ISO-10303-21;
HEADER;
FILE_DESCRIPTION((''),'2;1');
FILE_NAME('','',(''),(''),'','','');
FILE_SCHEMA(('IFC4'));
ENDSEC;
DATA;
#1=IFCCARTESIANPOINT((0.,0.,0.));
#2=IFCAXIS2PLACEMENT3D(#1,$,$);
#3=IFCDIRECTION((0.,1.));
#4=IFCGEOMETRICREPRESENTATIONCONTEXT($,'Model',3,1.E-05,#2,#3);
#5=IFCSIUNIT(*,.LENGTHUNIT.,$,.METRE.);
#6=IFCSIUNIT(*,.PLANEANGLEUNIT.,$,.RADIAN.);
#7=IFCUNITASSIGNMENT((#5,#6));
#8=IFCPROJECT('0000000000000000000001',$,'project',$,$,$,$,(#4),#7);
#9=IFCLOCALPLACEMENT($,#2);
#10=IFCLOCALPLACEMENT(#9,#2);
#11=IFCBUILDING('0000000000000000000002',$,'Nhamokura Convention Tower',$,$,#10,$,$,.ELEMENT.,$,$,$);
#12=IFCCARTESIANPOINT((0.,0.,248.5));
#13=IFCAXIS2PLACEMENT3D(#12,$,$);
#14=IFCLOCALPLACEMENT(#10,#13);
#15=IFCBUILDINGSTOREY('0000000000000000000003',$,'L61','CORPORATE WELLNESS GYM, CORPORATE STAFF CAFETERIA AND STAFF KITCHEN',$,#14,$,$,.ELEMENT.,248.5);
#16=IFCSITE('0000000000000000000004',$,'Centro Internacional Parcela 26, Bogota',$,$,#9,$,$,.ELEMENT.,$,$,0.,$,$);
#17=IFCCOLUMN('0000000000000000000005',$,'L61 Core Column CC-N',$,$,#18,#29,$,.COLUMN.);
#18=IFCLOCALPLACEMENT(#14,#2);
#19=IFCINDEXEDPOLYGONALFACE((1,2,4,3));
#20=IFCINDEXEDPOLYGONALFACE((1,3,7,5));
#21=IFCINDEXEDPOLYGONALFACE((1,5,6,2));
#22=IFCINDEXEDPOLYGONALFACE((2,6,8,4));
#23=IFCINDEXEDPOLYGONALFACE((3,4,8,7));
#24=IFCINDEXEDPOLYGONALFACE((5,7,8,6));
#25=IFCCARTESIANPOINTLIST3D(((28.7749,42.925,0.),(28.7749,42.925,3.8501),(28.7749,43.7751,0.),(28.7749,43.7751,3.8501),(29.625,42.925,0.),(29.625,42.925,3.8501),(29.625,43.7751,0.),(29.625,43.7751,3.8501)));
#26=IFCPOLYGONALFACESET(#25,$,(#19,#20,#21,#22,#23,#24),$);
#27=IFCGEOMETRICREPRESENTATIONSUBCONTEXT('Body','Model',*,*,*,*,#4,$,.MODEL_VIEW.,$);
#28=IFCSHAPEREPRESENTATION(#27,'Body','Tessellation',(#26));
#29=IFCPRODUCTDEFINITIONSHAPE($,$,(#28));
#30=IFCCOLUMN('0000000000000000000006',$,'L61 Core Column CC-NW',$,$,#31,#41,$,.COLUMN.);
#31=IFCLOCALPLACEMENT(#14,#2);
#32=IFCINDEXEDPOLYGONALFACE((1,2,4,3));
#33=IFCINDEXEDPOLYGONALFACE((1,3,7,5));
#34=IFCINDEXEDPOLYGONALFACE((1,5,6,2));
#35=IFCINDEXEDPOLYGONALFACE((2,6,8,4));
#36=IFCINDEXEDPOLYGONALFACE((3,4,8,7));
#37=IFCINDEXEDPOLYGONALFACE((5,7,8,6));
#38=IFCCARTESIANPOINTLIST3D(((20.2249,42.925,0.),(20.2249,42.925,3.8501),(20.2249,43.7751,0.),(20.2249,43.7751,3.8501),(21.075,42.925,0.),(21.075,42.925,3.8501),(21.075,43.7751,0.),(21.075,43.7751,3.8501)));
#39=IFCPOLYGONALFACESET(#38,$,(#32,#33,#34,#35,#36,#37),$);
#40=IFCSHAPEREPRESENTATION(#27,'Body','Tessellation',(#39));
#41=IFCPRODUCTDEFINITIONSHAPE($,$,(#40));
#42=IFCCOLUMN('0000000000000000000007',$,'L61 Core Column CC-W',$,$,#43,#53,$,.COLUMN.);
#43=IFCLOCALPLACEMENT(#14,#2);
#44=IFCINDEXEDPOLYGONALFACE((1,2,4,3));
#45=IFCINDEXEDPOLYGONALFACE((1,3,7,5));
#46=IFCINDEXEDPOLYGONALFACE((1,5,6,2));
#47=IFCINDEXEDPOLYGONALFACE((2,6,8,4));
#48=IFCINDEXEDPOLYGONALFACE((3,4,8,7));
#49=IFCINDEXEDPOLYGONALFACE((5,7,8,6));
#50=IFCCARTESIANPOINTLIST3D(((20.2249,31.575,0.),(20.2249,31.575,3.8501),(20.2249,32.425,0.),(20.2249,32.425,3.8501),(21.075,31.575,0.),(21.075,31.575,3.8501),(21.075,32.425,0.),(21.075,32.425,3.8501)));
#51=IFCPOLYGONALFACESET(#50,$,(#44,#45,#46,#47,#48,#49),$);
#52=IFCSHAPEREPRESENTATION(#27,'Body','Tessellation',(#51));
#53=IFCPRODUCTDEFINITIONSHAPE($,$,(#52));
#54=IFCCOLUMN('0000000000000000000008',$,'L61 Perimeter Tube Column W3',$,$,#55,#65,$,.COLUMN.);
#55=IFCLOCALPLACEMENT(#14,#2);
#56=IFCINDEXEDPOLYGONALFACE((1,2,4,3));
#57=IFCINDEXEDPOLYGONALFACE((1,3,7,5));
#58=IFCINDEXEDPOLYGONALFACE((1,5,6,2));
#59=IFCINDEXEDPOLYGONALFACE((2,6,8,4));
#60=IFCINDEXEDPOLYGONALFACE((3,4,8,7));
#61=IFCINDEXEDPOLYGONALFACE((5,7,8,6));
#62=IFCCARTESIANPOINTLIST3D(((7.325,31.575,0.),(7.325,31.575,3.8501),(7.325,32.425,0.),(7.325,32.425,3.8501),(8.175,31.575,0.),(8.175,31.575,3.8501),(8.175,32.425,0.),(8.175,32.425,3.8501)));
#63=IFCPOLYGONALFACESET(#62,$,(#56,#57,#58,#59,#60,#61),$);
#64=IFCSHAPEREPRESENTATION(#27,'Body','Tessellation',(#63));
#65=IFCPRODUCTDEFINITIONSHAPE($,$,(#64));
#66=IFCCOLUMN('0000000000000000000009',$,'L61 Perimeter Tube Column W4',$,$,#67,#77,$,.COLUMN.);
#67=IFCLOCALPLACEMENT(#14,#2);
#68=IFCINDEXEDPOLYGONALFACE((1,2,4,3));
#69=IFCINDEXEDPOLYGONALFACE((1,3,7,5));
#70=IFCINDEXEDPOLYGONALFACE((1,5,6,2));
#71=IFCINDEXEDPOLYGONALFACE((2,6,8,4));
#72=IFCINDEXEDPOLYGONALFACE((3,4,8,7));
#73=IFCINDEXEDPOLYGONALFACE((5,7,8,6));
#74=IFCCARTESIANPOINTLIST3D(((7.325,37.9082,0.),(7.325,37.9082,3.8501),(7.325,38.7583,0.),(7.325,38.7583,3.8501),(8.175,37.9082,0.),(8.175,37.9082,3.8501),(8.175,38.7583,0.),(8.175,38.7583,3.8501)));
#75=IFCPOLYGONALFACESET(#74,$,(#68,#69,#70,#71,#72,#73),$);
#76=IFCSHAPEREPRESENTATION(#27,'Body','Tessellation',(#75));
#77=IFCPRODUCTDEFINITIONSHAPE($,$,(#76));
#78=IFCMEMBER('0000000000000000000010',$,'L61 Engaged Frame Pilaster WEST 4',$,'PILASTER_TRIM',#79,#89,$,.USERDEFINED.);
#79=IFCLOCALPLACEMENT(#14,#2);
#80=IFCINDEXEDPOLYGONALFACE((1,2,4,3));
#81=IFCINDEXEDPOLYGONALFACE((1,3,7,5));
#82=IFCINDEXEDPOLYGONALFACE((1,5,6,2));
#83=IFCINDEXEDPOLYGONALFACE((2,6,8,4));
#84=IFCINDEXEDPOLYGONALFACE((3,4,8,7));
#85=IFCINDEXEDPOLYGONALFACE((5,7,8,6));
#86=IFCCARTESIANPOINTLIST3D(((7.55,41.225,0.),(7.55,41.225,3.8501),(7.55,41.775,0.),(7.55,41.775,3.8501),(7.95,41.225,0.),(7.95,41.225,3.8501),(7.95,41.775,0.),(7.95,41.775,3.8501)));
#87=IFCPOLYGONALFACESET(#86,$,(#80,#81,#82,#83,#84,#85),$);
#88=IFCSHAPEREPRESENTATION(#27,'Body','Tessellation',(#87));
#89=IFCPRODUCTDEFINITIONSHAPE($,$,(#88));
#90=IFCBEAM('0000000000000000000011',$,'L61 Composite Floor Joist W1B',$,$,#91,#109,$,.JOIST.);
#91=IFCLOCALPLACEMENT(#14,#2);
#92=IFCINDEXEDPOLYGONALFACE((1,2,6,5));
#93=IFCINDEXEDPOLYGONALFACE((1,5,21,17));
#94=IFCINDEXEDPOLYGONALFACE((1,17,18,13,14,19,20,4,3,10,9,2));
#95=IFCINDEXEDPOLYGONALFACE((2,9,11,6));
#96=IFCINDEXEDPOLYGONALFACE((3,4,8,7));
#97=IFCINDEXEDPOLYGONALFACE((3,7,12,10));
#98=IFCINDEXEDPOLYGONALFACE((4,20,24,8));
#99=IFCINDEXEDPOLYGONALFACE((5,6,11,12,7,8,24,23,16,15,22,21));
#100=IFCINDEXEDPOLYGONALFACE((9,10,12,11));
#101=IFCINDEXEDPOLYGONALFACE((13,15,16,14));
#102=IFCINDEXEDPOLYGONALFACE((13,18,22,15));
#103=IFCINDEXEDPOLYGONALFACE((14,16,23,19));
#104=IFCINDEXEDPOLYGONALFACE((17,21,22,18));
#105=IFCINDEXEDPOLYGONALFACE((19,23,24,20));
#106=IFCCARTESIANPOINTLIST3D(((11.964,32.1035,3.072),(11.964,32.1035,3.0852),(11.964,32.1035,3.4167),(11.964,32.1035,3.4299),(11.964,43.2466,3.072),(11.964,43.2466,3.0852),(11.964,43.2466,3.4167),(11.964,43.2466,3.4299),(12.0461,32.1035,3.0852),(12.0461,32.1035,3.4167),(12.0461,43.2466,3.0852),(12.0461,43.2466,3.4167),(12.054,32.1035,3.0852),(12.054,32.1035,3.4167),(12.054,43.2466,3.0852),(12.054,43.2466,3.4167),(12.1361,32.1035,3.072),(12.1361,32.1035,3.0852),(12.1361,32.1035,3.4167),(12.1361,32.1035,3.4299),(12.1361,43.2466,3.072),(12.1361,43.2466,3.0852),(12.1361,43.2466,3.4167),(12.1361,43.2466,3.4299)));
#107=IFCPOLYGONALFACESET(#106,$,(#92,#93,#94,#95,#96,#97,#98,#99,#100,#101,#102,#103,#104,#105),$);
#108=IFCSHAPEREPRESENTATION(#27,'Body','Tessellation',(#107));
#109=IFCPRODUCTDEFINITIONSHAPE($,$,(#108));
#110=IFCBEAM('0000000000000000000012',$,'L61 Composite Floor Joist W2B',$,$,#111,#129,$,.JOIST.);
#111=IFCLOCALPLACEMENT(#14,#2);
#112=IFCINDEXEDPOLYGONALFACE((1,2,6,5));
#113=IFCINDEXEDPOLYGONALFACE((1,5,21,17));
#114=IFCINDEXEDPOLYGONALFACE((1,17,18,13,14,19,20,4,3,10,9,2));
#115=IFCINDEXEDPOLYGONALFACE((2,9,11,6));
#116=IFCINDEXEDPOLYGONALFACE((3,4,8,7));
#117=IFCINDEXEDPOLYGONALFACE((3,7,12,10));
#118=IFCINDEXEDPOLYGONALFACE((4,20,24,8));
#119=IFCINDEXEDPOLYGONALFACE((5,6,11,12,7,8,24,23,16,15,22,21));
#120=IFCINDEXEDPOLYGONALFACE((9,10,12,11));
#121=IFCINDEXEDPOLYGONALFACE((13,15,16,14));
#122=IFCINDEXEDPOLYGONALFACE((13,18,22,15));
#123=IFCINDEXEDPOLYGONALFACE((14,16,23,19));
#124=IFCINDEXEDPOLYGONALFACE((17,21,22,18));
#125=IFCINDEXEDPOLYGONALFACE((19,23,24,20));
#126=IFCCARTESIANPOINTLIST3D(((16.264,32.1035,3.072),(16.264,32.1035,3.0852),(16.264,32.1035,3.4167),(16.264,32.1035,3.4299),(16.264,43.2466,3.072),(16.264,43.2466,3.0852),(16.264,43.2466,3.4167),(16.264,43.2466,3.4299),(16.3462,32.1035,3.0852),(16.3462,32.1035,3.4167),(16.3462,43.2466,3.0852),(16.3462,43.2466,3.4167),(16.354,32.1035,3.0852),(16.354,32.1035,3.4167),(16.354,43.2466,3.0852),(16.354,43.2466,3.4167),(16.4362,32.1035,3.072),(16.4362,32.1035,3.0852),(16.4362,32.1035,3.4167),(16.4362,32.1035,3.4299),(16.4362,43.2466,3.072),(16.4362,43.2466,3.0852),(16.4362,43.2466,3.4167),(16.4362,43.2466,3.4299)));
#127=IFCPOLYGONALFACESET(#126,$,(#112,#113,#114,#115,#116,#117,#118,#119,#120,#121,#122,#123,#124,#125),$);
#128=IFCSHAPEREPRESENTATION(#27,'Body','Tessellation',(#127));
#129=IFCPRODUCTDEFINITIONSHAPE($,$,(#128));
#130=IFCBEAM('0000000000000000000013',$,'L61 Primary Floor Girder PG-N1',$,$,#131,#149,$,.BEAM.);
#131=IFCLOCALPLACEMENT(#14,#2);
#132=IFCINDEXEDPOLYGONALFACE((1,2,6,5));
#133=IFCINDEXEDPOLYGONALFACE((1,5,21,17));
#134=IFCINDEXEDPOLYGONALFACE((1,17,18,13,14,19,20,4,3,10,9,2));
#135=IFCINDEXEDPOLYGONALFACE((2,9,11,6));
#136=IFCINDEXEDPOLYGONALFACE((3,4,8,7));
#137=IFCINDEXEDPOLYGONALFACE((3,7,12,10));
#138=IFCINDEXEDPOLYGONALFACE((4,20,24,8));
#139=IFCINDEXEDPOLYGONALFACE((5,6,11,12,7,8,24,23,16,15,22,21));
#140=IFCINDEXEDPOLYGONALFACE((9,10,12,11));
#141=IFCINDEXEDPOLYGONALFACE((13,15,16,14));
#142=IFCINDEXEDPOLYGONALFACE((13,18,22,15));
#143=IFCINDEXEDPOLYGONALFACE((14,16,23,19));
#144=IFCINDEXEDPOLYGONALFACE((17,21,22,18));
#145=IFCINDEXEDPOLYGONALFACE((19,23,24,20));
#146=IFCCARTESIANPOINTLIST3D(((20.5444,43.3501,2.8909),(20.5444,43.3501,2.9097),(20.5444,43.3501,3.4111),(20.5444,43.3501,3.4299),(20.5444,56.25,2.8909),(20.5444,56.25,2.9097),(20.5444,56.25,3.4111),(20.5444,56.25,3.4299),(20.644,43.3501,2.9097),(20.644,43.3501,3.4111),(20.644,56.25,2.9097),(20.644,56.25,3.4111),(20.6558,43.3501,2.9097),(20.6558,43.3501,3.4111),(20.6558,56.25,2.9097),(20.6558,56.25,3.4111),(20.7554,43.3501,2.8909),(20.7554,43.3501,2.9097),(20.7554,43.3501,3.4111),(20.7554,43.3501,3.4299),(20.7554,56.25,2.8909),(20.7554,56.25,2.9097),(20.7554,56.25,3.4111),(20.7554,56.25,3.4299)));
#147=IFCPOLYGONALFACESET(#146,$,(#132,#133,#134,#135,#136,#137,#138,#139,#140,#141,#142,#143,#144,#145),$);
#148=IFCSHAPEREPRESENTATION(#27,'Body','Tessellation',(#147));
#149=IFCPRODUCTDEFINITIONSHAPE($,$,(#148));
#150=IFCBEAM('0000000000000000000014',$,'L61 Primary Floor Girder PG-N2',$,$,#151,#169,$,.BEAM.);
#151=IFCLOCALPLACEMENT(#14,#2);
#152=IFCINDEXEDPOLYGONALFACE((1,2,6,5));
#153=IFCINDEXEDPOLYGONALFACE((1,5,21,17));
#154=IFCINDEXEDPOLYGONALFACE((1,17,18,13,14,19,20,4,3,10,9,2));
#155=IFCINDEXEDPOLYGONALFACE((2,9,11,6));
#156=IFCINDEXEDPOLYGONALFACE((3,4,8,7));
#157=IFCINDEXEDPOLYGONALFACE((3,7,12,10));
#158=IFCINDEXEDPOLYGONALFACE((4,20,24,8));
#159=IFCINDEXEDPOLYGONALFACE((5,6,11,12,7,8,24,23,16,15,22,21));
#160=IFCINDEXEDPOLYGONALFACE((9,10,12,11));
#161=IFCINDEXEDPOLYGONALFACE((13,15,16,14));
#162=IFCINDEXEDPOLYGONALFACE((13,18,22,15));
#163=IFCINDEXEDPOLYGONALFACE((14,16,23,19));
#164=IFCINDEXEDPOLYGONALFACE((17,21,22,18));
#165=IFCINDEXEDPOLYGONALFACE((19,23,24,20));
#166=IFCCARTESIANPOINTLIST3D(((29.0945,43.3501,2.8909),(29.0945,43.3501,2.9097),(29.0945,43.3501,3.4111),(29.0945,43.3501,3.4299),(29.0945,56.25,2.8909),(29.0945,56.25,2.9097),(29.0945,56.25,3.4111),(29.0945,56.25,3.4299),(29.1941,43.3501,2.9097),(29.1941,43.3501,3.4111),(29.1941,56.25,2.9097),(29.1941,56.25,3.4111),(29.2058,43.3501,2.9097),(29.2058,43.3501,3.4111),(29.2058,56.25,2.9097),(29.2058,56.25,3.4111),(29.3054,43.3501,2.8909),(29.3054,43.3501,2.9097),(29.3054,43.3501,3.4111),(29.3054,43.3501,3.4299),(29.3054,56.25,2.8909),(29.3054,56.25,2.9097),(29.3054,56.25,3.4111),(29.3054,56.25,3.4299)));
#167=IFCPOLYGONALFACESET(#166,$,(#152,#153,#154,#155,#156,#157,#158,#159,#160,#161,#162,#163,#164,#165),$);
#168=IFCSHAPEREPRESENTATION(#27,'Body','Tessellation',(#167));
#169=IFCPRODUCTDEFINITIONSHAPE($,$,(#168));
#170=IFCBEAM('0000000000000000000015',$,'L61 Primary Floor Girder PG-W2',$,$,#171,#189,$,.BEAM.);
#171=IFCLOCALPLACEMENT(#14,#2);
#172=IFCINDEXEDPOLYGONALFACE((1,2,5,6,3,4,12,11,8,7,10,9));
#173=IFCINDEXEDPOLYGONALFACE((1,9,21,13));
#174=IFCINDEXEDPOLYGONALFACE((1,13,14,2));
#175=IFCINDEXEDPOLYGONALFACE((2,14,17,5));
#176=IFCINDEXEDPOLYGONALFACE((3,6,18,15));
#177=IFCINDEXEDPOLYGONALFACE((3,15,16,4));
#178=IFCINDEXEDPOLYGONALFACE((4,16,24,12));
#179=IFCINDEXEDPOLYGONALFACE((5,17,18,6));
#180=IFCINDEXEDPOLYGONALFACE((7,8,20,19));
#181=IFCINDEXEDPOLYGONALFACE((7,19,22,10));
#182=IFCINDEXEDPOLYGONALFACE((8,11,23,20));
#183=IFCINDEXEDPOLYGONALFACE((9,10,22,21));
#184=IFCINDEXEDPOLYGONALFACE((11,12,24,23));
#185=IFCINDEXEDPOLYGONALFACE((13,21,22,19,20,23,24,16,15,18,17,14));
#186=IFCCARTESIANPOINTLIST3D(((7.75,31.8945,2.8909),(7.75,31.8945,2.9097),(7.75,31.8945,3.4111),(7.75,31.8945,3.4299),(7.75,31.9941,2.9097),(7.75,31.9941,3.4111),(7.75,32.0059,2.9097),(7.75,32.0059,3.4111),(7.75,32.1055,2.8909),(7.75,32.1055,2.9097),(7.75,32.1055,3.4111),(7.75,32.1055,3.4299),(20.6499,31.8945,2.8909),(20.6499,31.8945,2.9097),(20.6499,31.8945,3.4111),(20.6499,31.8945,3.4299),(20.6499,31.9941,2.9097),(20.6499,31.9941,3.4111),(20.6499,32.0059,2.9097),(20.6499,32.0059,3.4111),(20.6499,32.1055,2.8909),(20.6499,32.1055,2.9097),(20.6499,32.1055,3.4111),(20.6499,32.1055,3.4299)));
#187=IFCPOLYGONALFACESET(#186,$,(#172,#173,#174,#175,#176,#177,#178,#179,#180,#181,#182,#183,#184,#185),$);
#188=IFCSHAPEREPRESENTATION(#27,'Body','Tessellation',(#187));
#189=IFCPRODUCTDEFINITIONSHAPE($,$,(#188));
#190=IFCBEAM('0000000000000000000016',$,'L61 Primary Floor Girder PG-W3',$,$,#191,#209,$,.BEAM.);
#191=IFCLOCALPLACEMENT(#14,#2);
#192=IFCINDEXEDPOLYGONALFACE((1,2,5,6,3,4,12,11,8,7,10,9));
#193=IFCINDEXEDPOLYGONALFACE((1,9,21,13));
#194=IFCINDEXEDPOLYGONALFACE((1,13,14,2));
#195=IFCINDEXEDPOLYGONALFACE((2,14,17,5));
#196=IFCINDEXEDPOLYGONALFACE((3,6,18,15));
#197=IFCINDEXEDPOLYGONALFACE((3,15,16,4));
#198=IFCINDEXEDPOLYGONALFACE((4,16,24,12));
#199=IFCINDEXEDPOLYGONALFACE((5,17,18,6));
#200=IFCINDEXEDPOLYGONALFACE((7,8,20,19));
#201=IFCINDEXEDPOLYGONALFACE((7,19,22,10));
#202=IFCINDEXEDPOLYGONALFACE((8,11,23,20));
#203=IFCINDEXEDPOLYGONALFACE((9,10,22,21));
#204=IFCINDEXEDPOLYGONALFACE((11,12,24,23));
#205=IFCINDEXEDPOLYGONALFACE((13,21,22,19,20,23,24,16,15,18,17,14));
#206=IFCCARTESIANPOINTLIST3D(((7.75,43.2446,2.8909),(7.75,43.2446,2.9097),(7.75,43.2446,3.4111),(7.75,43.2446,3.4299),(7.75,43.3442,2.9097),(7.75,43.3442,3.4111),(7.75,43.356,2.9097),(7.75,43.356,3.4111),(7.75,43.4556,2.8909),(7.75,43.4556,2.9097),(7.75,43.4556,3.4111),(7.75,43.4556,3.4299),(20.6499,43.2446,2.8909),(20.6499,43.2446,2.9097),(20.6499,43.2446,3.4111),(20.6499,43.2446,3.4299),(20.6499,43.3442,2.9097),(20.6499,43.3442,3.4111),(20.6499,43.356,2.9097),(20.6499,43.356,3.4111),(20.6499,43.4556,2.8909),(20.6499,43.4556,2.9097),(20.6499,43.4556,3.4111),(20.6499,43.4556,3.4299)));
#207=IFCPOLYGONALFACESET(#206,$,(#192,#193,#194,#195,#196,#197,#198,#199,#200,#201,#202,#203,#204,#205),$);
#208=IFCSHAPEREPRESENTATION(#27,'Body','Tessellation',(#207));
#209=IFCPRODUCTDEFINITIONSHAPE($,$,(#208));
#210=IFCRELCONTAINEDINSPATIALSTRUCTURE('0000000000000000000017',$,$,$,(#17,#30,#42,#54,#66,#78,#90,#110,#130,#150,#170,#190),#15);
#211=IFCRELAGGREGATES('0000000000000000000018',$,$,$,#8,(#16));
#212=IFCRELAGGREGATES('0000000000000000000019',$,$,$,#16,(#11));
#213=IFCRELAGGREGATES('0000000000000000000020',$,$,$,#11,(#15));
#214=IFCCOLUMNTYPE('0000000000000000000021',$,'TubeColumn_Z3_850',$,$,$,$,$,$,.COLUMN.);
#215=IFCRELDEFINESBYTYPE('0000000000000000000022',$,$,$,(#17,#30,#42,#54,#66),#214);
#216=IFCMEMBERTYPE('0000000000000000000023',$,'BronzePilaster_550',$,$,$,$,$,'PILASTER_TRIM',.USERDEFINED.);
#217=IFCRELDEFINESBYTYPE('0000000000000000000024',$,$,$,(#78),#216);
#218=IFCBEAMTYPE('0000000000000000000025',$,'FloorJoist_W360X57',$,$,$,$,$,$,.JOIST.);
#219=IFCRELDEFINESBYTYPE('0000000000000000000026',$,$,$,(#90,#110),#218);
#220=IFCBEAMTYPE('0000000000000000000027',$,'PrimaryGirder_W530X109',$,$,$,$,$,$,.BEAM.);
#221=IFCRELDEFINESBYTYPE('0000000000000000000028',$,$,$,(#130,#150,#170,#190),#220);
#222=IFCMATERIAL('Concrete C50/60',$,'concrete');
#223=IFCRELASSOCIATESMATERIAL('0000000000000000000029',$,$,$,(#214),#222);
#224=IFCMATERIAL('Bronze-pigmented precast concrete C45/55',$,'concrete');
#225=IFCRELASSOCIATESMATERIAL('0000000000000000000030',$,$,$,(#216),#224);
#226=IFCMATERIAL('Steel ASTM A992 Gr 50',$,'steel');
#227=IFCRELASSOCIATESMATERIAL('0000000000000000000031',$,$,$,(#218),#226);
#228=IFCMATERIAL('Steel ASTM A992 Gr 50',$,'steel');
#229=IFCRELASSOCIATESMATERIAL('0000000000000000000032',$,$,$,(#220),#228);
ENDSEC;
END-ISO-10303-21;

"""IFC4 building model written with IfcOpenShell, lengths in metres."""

from ifc_helpers import new_model, si_unit, direction, frame, origin, origin_2d, place, context, subcontext, project, spatial, rectangle, i_section, extrude, material, material_profile, profile_set, type_object, element, save


model = new_model("IFC4")

# Units and contexts
model_context = context("Model", 3, precision=1e-05, world=origin(), true_north=direction((0.0, 1.0)))
body_context = subcontext(model_context, "Body", "Model", "MODEL_VIEW")
ifc_project = project(units=[si_unit("LENGTHUNIT", "METRE"), si_unit("PLANEANGLEUNIT", "RADIAN")], contexts=[model_context])

# Site, building, storey
site_placement = place(None, origin())
site = spatial("IfcSite", under=ifc_project, at=site_placement, Name="Centro Internacional Parcela 26, Bogota", CompositionType="ELEMENT", RefElevation=0.0)
building_placement = place(site_placement, origin())
building = spatial("IfcBuilding", under=site, at=building_placement, Name="Nhamokura Convention Tower", CompositionType="ELEMENT")
storey_placement = place(building_placement, frame((0.0, 0.0, 248.5)))
storey = spatial("IfcBuildingStorey", under=building, at=storey_placement, Name="L61", Description="CORPORATE WELLNESS GYM, CORPORATE STAFF CAFETERIA AND STAFF KITCHEN", CompositionType="ELEMENT", Elevation=248.5)

# Columns
ifc_material_1 = material(Name="Concrete C50/60", Category="concrete")
ifc_material_profile_1 = material_profile(ifc_material_1, rectangle(XDim=0.8501, YDim=0.8501, at=origin_2d()))
ifc_profile_set_1 = profile_set([ifc_material_profile_1], Name="Concrete C50/60")
column_type = type_object("IfcColumnType", Name="TubeColumn_Z3_850", PredefinedType="COLUMN", material=ifc_profile_set_1)
for number, where, z_axis, x_axis, name in (
    (1, (29.2, 43.3501, 0.0), (0.0, 0.0, 1.0), (1.0, 0.0, 0.0), "L61 Core Column CC-N"),
    (2, (20.6499, 43.3501, 0.0), (0.0, 0.0, 1.0), (1.0, 0.0, 0.0), "L61 Core Column CC-NW"),
    (3, (20.6499, 32.0, 0.0), (0.0, 0.0, 1.0), (1.0, 0.0, 0.0), "L61 Core Column CC-W"),
    (4, (7.75, 32.0, 0.0), (0.0, 0.0, 1.0), (1.0, 0.0, 0.0), "L61 Perimeter Tube Column W3"),
    (5, (7.75, 38.3333, 0.0), (0.0, 0.0, 1.0), (1.0, 0.0, 0.0), "L61 Perimeter Tube Column W4"),
):
    element("IfcColumn", number, at=place(storey_placement, frame(where, z_axis=z_axis, x_axis=x_axis)), inside=storey, type_object=column_type, Name=name, PredefinedType="COLUMN", context=body_context, shape_type="SweptSolid", body=[
        extrude(rectangle(XDim=0.8501, YDim=0.8501, at=origin_2d()), origin(), (0.0, 0.0, 1.0), 3.8501),
    ])

# Member
ifc_material_2 = material(Name="Bronze-pigmented precast concrete C45/55", Category="concrete")
ifc_material_profile_2 = material_profile(ifc_material_2, rectangle(XDim=0.3999, YDim=0.55, at=origin_2d()))
ifc_profile_set_2 = profile_set([ifc_material_profile_2], Name="Bronze-pigmented precast concrete C45/55")
member_type = type_object("IfcMemberType", Name="BronzePilaster_550", ElementType="PILASTER_TRIM", PredefinedType="USERDEFINED", material=ifc_profile_set_2)
member_placement = place(storey_placement, frame((7.75, 41.5, 0.0), z_axis=(0.0, 0.0, 1.0), x_axis=(1.0, 0.0, 0.0)))
element("IfcMember", 6, at=member_placement, inside=storey, type_object=member_type, Name="L61 Engaged Frame Pilaster WEST 4", ObjectType="PILASTER_TRIM", PredefinedType="USERDEFINED", context=body_context, shape_type="SweptSolid", body=[
    extrude(rectangle(XDim=0.3999, YDim=0.55, at=origin_2d()), origin(), (0.0, 0.0, 1.0), 3.8501),
])

# Beams
ifc_material_3 = material(Name="Steel ASTM A992 Gr 50", Category="steel")
ifc_material_profile_3 = material_profile(ifc_material_3, i_section(OverallWidth=0.1721, OverallDepth=0.3579, WebThickness=0.0078, FlangeThickness=0.0132, at=origin_2d()))
ifc_profile_set_3 = profile_set([ifc_material_profile_3], Name="Steel ASTM A992 Gr 50")
beam_type_1 = type_object("IfcBeamType", Name="FloorJoist_W360X57", PredefinedType="JOIST", material=ifc_profile_set_3)
for number, where, z_axis, x_axis, name in (
    (7, (12.05, 32.1035, 3.251), (0.0, 1.0, 0.0), (-1.0, 0.0, 0.0), "L61 Composite Floor Joist W1B"),
    (8, (16.3501, 32.1035, 3.251), (0.0, 1.0, 0.0), (-1.0, 0.0, 0.0), "L61 Composite Floor Joist W2B"),
):
    element("IfcBeam", number, at=place(storey_placement, frame(where, z_axis=z_axis, x_axis=x_axis)), inside=storey, type_object=beam_type_1, Name=name, PredefinedType="JOIST", context=body_context, shape_type="SweptSolid", body=[
        extrude(i_section(OverallWidth=0.1721, OverallDepth=0.3579, WebThickness=0.0078, FlangeThickness=0.0132, at=origin_2d()), origin(), (0.0, 0.0, 1.0), 11.1431),
    ])
ifc_material_4 = material(Name="Steel ASTM A992 Gr 50", Category="steel")
ifc_material_profile_4 = material_profile(ifc_material_4, i_section(OverallWidth=0.2109, OverallDepth=0.5391, WebThickness=0.0117, FlangeThickness=0.0188, at=origin_2d()))
ifc_profile_set_4 = profile_set([ifc_material_profile_4], Name="Steel ASTM A992 Gr 50")
beam_type_2 = type_object("IfcBeamType", Name="PrimaryGirder_W530X109", PredefinedType="BEAM", material=ifc_profile_set_4)
for number, where, z_axis, x_axis, name in (
    (9, (20.6499, 43.3501, 3.1604), (0.0, 1.0, 0.0), (-1.0, 0.0, 0.0), "L61 Primary Floor Girder PG-N1"),
    (10, (29.2, 43.3501, 3.1604), (0.0, 1.0, 0.0), (-1.0, 0.0, 0.0), "L61 Primary Floor Girder PG-N2"),
    (11, (7.75, 32.0, 3.1604), (1.0, 0.0, 0.0), (0.0, 1.0, 0.0), "L61 Primary Floor Girder PG-W2"),
    (12, (7.75, 43.3501, 3.1604), (1.0, 0.0, 0.0), (0.0, 1.0, 0.0), "L61 Primary Floor Girder PG-W3"),
):
    element("IfcBeam", number, at=place(storey_placement, frame(where, z_axis=z_axis, x_axis=x_axis)), inside=storey, type_object=beam_type_2, Name=name, PredefinedType="BEAM", context=body_context, shape_type="SweptSolid", body=[
        extrude(i_section(OverallWidth=0.2109, OverallDepth=0.5391, WebThickness=0.0117, FlangeThickness=0.0188, at=origin_2d()), origin(), (0.0, 0.0, 1.0), 12.8999),
    ])

save(model, "model.ifc")
